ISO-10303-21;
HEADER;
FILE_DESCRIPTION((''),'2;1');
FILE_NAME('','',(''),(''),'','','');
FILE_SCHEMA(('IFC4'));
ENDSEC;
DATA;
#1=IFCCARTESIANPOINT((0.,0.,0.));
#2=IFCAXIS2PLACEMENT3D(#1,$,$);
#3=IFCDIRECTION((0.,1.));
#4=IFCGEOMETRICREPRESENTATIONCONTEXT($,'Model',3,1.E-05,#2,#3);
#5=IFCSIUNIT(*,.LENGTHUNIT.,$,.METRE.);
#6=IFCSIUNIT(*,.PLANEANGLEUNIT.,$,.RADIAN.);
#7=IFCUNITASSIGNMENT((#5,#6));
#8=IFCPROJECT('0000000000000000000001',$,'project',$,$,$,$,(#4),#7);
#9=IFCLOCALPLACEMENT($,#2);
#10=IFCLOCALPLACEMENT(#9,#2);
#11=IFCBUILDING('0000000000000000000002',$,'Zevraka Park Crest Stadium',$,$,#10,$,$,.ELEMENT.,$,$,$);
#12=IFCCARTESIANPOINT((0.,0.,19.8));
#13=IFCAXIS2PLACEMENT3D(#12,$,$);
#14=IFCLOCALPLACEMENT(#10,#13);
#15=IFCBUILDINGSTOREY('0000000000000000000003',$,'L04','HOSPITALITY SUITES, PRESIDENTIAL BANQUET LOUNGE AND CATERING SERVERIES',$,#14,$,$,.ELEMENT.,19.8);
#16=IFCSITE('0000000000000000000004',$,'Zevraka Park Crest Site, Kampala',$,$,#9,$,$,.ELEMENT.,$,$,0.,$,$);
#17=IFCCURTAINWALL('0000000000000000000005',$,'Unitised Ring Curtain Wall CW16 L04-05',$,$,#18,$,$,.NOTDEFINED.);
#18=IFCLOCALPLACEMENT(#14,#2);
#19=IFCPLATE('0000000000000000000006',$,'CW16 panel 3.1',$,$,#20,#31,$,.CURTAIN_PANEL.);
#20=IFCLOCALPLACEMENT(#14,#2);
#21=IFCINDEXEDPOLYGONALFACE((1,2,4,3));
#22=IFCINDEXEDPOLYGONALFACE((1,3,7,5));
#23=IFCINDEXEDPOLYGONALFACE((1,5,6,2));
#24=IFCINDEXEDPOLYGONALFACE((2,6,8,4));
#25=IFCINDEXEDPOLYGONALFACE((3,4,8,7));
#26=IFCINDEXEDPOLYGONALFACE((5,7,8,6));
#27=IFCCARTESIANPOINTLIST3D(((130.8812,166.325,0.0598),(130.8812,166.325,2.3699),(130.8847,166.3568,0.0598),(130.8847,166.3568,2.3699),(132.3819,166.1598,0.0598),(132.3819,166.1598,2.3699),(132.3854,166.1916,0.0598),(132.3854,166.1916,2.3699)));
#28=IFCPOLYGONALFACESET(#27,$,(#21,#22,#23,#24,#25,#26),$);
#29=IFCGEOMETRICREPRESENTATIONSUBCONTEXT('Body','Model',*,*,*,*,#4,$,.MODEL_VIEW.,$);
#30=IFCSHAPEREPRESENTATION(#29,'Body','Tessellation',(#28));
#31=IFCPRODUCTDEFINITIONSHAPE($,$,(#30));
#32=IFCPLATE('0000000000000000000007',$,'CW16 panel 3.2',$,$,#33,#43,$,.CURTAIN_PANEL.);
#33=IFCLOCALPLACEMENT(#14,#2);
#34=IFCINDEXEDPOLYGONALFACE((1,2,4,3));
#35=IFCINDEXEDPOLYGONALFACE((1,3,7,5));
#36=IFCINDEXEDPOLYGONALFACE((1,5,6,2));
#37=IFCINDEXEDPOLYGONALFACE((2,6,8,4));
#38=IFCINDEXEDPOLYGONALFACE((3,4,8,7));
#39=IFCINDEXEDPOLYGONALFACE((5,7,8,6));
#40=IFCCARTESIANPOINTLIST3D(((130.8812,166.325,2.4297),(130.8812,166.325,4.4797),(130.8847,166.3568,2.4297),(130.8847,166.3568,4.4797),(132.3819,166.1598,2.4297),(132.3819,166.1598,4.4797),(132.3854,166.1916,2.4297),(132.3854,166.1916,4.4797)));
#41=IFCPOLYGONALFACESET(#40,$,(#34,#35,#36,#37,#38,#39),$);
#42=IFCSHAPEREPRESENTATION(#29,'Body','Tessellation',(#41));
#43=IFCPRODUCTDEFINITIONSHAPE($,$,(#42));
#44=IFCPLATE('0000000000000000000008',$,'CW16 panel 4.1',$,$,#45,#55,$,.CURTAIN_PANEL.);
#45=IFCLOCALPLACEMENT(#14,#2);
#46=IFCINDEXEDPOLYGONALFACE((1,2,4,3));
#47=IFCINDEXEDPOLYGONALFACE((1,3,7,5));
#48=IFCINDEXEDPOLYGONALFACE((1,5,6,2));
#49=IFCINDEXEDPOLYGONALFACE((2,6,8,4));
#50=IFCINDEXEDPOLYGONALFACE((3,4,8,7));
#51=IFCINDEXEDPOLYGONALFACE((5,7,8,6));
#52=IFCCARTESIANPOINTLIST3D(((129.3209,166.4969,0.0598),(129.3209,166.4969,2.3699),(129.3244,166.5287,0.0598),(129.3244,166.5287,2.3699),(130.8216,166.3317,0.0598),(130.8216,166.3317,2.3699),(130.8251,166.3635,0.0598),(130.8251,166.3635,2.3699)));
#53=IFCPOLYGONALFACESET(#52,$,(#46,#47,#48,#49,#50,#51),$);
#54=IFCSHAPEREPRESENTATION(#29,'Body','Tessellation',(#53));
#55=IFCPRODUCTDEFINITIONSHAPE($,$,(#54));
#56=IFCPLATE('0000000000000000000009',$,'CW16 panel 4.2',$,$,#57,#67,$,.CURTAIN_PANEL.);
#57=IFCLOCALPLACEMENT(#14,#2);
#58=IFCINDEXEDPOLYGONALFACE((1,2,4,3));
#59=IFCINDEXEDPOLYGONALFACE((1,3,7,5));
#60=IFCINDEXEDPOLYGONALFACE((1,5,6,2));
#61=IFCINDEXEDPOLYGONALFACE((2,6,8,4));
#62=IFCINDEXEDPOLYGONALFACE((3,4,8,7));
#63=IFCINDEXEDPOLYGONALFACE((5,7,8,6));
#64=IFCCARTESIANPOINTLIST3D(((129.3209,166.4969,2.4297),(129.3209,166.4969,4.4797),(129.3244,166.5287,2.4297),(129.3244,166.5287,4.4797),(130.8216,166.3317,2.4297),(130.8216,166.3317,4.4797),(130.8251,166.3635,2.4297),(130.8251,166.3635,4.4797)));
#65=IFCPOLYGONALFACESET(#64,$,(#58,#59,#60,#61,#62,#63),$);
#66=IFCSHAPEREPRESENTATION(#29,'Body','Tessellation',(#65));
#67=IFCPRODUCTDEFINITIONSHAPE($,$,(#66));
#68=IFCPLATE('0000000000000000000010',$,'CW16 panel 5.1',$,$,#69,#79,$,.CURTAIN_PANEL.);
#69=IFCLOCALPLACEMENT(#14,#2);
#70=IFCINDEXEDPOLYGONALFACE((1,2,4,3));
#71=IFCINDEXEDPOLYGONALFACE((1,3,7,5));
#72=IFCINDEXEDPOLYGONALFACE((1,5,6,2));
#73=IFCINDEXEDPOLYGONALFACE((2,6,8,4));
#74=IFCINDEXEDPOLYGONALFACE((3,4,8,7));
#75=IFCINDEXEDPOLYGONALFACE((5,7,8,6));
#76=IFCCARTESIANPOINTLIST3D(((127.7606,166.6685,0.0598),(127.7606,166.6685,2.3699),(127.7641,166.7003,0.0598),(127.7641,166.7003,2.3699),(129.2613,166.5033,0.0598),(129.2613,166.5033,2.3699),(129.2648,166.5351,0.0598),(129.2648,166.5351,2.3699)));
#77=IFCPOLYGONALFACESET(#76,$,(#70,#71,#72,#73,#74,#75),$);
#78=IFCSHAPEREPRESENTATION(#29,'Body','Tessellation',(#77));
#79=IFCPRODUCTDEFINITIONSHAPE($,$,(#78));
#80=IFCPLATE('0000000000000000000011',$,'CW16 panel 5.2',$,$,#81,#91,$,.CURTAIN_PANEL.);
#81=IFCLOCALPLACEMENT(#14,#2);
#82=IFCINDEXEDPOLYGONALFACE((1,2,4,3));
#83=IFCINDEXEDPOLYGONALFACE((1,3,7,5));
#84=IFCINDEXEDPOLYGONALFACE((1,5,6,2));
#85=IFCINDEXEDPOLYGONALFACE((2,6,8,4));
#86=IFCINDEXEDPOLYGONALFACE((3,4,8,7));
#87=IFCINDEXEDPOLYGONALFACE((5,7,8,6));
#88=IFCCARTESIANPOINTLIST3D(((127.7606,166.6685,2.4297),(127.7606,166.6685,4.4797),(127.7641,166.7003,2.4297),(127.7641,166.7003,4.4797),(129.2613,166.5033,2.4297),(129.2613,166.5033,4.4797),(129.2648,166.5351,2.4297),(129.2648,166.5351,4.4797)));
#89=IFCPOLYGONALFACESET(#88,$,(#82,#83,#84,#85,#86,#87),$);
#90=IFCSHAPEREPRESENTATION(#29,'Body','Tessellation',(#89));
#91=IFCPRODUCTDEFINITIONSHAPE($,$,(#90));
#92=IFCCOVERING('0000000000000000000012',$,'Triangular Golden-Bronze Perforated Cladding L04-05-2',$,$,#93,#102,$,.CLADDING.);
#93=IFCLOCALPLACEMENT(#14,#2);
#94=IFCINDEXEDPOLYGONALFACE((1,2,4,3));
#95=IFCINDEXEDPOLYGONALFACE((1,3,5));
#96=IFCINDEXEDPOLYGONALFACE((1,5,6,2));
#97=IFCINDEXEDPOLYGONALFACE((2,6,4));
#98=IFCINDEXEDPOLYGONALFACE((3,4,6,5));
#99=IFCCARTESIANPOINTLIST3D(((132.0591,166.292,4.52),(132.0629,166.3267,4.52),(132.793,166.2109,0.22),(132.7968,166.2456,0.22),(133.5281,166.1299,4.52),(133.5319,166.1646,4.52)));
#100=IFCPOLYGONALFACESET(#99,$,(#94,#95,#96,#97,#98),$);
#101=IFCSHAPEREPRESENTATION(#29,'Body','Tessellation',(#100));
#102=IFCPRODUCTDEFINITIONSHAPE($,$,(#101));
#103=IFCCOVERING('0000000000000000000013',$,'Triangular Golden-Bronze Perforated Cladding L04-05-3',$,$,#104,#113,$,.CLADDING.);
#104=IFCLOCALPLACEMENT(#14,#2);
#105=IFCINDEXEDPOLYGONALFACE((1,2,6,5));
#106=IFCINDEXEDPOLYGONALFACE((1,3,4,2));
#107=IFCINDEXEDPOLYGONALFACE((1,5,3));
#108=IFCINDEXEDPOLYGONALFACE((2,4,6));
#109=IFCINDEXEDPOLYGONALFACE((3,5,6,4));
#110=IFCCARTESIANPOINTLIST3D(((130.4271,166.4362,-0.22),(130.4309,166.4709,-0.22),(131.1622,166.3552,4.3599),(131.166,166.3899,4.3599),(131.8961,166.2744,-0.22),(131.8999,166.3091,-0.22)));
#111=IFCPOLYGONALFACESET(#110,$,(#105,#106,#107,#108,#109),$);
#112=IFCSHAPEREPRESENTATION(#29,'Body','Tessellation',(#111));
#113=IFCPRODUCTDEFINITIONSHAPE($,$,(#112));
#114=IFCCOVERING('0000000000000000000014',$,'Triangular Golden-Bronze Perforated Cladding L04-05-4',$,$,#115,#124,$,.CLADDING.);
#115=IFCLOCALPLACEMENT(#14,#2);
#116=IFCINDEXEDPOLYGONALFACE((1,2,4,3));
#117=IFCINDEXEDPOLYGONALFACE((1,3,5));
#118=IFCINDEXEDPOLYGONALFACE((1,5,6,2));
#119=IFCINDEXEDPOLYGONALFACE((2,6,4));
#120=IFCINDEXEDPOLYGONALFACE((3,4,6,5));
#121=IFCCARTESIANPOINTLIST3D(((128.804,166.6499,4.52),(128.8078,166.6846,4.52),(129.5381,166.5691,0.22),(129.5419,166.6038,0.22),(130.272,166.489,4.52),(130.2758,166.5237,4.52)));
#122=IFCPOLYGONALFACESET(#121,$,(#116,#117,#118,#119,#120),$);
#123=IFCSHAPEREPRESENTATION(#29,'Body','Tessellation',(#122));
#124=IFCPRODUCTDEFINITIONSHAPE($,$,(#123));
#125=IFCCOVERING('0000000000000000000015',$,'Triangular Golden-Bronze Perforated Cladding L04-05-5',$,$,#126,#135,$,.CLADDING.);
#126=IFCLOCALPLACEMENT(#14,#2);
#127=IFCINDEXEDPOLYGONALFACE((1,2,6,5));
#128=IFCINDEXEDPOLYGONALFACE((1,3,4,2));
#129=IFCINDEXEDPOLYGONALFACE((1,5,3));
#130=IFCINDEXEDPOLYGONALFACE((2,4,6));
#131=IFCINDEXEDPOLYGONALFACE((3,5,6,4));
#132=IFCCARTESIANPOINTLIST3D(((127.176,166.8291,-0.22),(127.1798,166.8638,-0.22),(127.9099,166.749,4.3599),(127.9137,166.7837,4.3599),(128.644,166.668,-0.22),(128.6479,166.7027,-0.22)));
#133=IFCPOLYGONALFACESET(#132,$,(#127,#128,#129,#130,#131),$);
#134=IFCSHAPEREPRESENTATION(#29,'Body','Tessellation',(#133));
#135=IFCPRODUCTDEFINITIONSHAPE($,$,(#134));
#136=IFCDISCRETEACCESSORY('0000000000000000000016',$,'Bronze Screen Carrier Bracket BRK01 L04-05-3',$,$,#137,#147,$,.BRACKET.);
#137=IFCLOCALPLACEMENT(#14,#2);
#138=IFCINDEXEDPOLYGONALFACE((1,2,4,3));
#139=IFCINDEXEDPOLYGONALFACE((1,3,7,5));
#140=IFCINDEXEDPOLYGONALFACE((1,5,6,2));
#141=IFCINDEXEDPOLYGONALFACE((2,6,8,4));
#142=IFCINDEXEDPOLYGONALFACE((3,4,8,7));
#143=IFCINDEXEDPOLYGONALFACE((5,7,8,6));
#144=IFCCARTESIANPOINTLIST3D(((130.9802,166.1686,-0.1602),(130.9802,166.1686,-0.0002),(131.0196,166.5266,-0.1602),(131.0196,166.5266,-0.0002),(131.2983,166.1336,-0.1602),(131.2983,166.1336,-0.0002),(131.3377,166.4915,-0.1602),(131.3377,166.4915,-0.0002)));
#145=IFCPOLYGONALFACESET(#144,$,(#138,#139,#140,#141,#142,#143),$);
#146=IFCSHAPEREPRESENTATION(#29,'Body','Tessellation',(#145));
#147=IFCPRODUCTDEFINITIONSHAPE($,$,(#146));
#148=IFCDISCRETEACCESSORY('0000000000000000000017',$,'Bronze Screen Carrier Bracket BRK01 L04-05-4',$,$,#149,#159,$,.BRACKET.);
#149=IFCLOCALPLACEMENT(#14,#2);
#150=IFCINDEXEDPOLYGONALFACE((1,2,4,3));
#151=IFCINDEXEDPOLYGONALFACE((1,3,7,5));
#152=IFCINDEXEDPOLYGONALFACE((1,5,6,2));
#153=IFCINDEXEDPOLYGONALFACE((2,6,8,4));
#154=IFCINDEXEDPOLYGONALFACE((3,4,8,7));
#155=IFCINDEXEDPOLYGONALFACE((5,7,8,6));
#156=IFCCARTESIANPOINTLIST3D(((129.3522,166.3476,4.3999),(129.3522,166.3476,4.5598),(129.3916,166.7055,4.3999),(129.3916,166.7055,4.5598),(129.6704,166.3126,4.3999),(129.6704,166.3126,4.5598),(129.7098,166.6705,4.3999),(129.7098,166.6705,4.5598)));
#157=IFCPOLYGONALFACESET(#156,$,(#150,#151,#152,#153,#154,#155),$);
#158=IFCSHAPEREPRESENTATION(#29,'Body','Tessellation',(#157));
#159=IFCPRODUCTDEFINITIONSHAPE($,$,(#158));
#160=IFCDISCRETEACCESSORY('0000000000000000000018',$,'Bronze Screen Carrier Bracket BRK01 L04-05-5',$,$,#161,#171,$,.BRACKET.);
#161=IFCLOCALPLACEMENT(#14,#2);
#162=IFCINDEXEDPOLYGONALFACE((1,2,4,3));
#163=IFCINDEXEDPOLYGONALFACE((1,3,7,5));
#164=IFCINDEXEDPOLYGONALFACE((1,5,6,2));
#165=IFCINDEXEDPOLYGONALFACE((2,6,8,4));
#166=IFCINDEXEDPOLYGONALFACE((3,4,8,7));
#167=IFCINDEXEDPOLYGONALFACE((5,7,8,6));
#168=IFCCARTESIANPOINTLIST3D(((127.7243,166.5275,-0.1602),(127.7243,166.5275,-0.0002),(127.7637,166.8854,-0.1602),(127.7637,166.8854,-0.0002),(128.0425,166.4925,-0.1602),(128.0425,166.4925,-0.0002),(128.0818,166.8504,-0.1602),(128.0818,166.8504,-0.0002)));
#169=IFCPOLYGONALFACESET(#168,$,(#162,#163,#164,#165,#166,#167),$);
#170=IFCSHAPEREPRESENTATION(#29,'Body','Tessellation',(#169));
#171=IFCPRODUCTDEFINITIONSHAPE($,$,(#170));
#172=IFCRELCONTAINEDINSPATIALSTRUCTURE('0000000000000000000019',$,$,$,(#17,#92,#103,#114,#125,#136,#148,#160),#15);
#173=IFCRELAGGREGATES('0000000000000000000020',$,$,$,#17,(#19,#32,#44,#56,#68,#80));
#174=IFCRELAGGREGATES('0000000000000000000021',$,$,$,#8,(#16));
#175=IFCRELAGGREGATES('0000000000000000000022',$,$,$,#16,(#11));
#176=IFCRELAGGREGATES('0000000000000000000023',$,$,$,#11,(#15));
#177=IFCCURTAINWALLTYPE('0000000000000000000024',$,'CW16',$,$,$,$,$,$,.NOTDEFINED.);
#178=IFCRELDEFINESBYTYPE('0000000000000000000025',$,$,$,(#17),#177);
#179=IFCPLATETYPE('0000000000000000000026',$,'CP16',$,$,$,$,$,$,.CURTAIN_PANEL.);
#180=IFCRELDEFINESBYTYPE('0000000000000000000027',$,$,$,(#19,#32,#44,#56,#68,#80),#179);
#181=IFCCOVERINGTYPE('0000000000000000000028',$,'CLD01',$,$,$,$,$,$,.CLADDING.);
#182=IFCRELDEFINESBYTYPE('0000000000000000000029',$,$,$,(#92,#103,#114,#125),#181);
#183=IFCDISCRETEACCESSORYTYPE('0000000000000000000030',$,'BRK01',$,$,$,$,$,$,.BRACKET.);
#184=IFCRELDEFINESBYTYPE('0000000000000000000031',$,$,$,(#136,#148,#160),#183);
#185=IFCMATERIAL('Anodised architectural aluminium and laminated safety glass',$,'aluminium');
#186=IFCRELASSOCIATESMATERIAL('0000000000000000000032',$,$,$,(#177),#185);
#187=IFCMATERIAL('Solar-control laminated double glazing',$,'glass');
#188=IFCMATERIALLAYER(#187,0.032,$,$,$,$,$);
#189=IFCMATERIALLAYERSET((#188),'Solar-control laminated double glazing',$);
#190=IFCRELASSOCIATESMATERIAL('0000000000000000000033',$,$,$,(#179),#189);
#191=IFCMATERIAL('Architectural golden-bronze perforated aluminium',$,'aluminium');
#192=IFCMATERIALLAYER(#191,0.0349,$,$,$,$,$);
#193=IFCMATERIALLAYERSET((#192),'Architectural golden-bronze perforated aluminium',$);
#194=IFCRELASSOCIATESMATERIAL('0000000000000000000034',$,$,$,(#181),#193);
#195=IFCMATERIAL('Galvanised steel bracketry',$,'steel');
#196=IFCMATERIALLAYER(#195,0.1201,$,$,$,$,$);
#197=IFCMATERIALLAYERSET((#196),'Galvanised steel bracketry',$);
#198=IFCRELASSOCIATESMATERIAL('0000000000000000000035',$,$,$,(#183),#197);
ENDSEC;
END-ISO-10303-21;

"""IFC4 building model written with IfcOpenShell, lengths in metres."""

from ifc_helpers import new_model, si_unit, direction, frame, origin, origin_2d, place, context, subcontext, project, spatial, polyline, rectangle, outline, extrude, material, layer, layer_set, type_object, element, aggregate, save


model = new_model("IFC4")

# Units and contexts
model_context = context("Model", 3, precision=1e-05, world=origin(), true_north=direction((0.0, 1.0)))
body_context = subcontext(model_context, "Body", "Model", "MODEL_VIEW")
ifc_project = project(units=[si_unit("LENGTHUNIT", "METRE"), si_unit("PLANEANGLEUNIT", "RADIAN")], contexts=[model_context])

# Site, building, storey
site_placement = place(None, origin())
site = spatial("IfcSite", under=ifc_project, at=site_placement, Name="Zevraka Park Crest Site, Kampala", CompositionType="ELEMENT", RefElevation=0.0)
building_placement = place(site_placement, origin())
building = spatial("IfcBuilding", under=site, at=building_placement, Name="Zevraka Park Crest Stadium", CompositionType="ELEMENT")
storey_placement = place(building_placement, frame((0.0, 0.0, 19.8)))
storey = spatial("IfcBuildingStorey", under=building, at=storey_placement, Name="L04", Description="HOSPITALITY SUITES, PRESIDENTIAL BANQUET LOUNGE AND CATERING SERVERIES", CompositionType="ELEMENT", Elevation=19.8)

# Curtain wall, plates
ifc_material_1 = material(Name="Anodised architectural aluminium and laminated safety glass", Category="aluminium")
curtain_wall_type = type_object("IfcCurtainWallType", Name="CW16", PredefinedType="NOTDEFINED", material=ifc_material_1)
curtain_wall_placement = place(storey_placement, origin())
curtain_wall = element("IfcCurtainWall", 1, at=curtain_wall_placement, inside=storey, type_object=curtain_wall_type, Name="Unitised Ring Curtain Wall CW16 L04-05", PredefinedType="NOTDEFINED")
ifc_material_2 = material(Name="Solar-control laminated double glazing", Category="glass")
ifc_layer_1 = layer(ifc_material_2, 0.032)
ifc_layer_set_1 = layer_set([ifc_layer_1], Name="Solar-control laminated double glazing")
plate_type = type_object("IfcPlateType", Name="CP16", PredefinedType="CURTAIN_PANEL", material=ifc_layer_set_1)
plate_1_placement = place(storey_placement, frame((131.6333, 166.2583, 0.0598), z_axis=(0.0, 0.0, 1.0), x_axis=(-0.993997, 0.109406, 0.0)))
plate_1 = element("IfcPlate", 2, at=plate_1_placement, type_object=plate_type, Name="CW16 panel 3.1", PredefinedType="CURTAIN_PANEL", context=body_context, shape_type="SweptSolid", body=[
    extrude(rectangle(XDim=1.5098, YDim=0.032, at=origin_2d()), origin(), (0.0, 0.0, 1.0), 2.3101),
])
plate_2_placement = place(storey_placement, frame((131.6333, 166.2583, 2.4297), z_axis=(0.0, 0.0, 1.0), x_axis=(-0.993997, 0.109406, 0.0)))
plate_2 = element("IfcPlate", 3, at=plate_2_placement, type_object=plate_type, Name="CW16 panel 3.2", PredefinedType="CURTAIN_PANEL", context=body_context, shape_type="SweptSolid", body=[
    extrude(rectangle(XDim=1.5098, YDim=0.032, at=origin_2d()), origin(), (0.0, 0.0, 1.0), 2.05),
])
plate_3_placement = place(storey_placement, frame((130.073, 166.4302, 0.0598), z_axis=(0.0, 0.0, 1.0), x_axis=(-0.993997, 0.109406, 0.0)))
plate_3 = element("IfcPlate", 4, at=plate_3_placement, type_object=plate_type, Name="CW16 panel 4.1", PredefinedType="CURTAIN_PANEL", context=body_context, shape_type="SweptSolid", body=[
    extrude(rectangle(XDim=1.5098, YDim=0.032, at=origin_2d()), origin(), (0.0, 0.0, 1.0), 2.3101),
])
plate_4_placement = place(storey_placement, frame((130.073, 166.4302, 2.4297), z_axis=(0.0, 0.0, 1.0), x_axis=(-0.993997, 0.109406, 0.0)))
plate_4 = element("IfcPlate", 5, at=plate_4_placement, type_object=plate_type, Name="CW16 panel 4.2", PredefinedType="CURTAIN_PANEL", context=body_context, shape_type="SweptSolid", body=[
    extrude(rectangle(XDim=1.5098, YDim=0.032, at=origin_2d()), origin(), (0.0, 0.0, 1.0), 2.05),
])
plate_5_placement = place(storey_placement, frame((128.5127, 166.6018, 0.0598), z_axis=(0.0, 0.0, 1.0), x_axis=(-0.993997, 0.109406, 0.0)))
plate_5 = element("IfcPlate", 6, at=plate_5_placement, type_object=plate_type, Name="CW16 panel 5.1", PredefinedType="CURTAIN_PANEL", context=body_context, shape_type="SweptSolid", body=[
    extrude(rectangle(XDim=1.5098, YDim=0.032, at=origin_2d()), origin(), (0.0, 0.0, 1.0), 2.3101),
])
plate_6_placement = place(storey_placement, frame((128.5127, 166.6018, 2.4297), z_axis=(0.0, 0.0, 1.0), x_axis=(-0.993997, 0.109406, 0.0)))
plate_6 = element("IfcPlate", 7, at=plate_6_placement, type_object=plate_type, Name="CW16 panel 5.2", PredefinedType="CURTAIN_PANEL", context=body_context, shape_type="SweptSolid", body=[
    extrude(rectangle(XDim=1.5098, YDim=0.032, at=origin_2d()), origin(), (0.0, 0.0, 1.0), 2.05),
])
aggregate(curtain_wall, [plate_1, plate_2, plate_3, plate_4, plate_5, plate_6])

# Coverings
ifc_material_3 = material(Name="Architectural golden-bronze perforated aluminium", Category="aluminium")
ifc_layer_2 = layer(ifc_material_3, 0.0349)
ifc_layer_set_2 = layer_set([ifc_layer_2], Name="Architectural golden-bronze perforated aluminium")
covering_type = type_object("IfcCoveringType", Name="CLD01", PredefinedType="CLADDING", material=ifc_layer_set_2)
covering_1_placement = place(storey_placement, frame((132.0591, 166.292, 4.52), z_axis=(-0.109688, -0.993966, 0.000016), x_axis=(0.993966, -0.109688, 0.0)))
element("IfcCovering", 8, at=covering_1_placement, inside=storey, type_object=covering_type, Name="Triangular Golden-Bronze Perforated Cladding L04-05-2", PredefinedType="CLADDING", context=body_context, shape_type="SweptSolid", body=[
    extrude(outline(polyline([(0.0, 0.0), (1.4779, 0.0), (0.7383, -4.3), (0.0, 0.0)])), origin(), (0.0, 0.0, -1.0), 0.0349),
])
covering_2_placement = place(storey_placement, frame((131.8999, 166.3091, -0.22), z_axis=(0.109525, 0.993984, 0.000012), x_axis=(-0.993984, 0.109525, 0.0)))
element("IfcCovering", 9, at=covering_2_placement, inside=storey, type_object=covering_type, Name="Triangular Golden-Bronze Perforated Cladding L04-05-3", PredefinedType="CLADDING", context=body_context, shape_type="SweptSolid", body=[
    extrude(outline(polyline([(0.0, 0.0), (1.4779, 0.0), (0.7383, 4.5798), (0.0, 0.0)])), origin(), (0.0, 0.0, -1.0), 0.0349),
])
covering_3_placement = place(storey_placement, frame((128.804, 166.6499, 4.52), z_axis=(-0.108944, -0.994048, 0.000082), x_axis=(0.994048, -0.108944, 0.0)))
element("IfcCovering", 10, at=covering_3_placement, inside=storey, type_object=covering_type, Name="Triangular Golden-Bronze Perforated Cladding L04-05-4", PredefinedType="CLADDING", context=body_context, shape_type="SweptSolid", body=[
    extrude(outline(polyline([(0.0, 0.0), (1.4768, 0.0), (0.7386, -4.3), (0.0, 0.0)])), origin(), (0.0, 0.0, -1.0), 0.0349),
])
covering_4_placement = place(storey_placement, frame((128.644, 166.668, -0.22), z_axis=(-0.109107, -0.99403, 0.000103), x_axis=(-0.99403, 0.109107, 0.0)))
element("IfcCovering", 11, at=covering_4_placement, inside=storey, type_object=covering_type, Name="Triangular Golden-Bronze Perforated Cladding L04-05-5", PredefinedType="CLADDING", context=body_context, shape_type="SweptSolid", body=[
    extrude(outline(polyline([(0.0, 0.0), (1.4768, 0.0), (0.7386, -4.5798), (0.0, 0.0)])), origin(), (0.0, 0.0, -1.0), 0.0349),
])

# Discrete accessories
ifc_material_4 = material(Name="Galvanised steel bracketry", Category="steel")
ifc_layer_3 = layer(ifc_material_4, 0.1201)
ifc_layer_set_3 = layer_set([ifc_layer_3], Name="Galvanised steel bracketry")
discrete_accessory_type = type_object("IfcDiscreteAccessoryType", Name="BRK01", PredefinedType="BRACKET", material=ifc_layer_set_3)
for number, where, z_axis, x_axis, name in (
    (12, (131.1589, 166.3301, -0.1602), (0.0, 0.0, 1.0), (-0.993999, 0.109387, 0.0), "Bronze Screen Carrier Bracket BRK01 L04-05-3"),
    (13, (129.531, 166.509, 4.3999), (0.0, 0.0, 1.0), (-0.993999, 0.109387, 0.0), "Bronze Screen Carrier Bracket BRK01 L04-05-4"),
    (14, (127.9031, 166.689, -0.1602), (0.0, 0.0, 1.0), (-0.993999, 0.109387, 0.0), "Bronze Screen Carrier Bracket BRK01 L04-05-5"),
):
    element("IfcDiscreteAccessory", number, at=place(storey_placement, frame(where, z_axis=z_axis, x_axis=x_axis)), inside=storey, type_object=discrete_accessory_type, Name=name, PredefinedType="BRACKET", context=body_context, shape_type="SweptSolid", body=[
        extrude(rectangle(XDim=0.3201, YDim=0.3601, at=origin_2d()), origin(), (0.0, 0.0, 1.0), 0.1599),
    ])

save(model, "model.ifc")
